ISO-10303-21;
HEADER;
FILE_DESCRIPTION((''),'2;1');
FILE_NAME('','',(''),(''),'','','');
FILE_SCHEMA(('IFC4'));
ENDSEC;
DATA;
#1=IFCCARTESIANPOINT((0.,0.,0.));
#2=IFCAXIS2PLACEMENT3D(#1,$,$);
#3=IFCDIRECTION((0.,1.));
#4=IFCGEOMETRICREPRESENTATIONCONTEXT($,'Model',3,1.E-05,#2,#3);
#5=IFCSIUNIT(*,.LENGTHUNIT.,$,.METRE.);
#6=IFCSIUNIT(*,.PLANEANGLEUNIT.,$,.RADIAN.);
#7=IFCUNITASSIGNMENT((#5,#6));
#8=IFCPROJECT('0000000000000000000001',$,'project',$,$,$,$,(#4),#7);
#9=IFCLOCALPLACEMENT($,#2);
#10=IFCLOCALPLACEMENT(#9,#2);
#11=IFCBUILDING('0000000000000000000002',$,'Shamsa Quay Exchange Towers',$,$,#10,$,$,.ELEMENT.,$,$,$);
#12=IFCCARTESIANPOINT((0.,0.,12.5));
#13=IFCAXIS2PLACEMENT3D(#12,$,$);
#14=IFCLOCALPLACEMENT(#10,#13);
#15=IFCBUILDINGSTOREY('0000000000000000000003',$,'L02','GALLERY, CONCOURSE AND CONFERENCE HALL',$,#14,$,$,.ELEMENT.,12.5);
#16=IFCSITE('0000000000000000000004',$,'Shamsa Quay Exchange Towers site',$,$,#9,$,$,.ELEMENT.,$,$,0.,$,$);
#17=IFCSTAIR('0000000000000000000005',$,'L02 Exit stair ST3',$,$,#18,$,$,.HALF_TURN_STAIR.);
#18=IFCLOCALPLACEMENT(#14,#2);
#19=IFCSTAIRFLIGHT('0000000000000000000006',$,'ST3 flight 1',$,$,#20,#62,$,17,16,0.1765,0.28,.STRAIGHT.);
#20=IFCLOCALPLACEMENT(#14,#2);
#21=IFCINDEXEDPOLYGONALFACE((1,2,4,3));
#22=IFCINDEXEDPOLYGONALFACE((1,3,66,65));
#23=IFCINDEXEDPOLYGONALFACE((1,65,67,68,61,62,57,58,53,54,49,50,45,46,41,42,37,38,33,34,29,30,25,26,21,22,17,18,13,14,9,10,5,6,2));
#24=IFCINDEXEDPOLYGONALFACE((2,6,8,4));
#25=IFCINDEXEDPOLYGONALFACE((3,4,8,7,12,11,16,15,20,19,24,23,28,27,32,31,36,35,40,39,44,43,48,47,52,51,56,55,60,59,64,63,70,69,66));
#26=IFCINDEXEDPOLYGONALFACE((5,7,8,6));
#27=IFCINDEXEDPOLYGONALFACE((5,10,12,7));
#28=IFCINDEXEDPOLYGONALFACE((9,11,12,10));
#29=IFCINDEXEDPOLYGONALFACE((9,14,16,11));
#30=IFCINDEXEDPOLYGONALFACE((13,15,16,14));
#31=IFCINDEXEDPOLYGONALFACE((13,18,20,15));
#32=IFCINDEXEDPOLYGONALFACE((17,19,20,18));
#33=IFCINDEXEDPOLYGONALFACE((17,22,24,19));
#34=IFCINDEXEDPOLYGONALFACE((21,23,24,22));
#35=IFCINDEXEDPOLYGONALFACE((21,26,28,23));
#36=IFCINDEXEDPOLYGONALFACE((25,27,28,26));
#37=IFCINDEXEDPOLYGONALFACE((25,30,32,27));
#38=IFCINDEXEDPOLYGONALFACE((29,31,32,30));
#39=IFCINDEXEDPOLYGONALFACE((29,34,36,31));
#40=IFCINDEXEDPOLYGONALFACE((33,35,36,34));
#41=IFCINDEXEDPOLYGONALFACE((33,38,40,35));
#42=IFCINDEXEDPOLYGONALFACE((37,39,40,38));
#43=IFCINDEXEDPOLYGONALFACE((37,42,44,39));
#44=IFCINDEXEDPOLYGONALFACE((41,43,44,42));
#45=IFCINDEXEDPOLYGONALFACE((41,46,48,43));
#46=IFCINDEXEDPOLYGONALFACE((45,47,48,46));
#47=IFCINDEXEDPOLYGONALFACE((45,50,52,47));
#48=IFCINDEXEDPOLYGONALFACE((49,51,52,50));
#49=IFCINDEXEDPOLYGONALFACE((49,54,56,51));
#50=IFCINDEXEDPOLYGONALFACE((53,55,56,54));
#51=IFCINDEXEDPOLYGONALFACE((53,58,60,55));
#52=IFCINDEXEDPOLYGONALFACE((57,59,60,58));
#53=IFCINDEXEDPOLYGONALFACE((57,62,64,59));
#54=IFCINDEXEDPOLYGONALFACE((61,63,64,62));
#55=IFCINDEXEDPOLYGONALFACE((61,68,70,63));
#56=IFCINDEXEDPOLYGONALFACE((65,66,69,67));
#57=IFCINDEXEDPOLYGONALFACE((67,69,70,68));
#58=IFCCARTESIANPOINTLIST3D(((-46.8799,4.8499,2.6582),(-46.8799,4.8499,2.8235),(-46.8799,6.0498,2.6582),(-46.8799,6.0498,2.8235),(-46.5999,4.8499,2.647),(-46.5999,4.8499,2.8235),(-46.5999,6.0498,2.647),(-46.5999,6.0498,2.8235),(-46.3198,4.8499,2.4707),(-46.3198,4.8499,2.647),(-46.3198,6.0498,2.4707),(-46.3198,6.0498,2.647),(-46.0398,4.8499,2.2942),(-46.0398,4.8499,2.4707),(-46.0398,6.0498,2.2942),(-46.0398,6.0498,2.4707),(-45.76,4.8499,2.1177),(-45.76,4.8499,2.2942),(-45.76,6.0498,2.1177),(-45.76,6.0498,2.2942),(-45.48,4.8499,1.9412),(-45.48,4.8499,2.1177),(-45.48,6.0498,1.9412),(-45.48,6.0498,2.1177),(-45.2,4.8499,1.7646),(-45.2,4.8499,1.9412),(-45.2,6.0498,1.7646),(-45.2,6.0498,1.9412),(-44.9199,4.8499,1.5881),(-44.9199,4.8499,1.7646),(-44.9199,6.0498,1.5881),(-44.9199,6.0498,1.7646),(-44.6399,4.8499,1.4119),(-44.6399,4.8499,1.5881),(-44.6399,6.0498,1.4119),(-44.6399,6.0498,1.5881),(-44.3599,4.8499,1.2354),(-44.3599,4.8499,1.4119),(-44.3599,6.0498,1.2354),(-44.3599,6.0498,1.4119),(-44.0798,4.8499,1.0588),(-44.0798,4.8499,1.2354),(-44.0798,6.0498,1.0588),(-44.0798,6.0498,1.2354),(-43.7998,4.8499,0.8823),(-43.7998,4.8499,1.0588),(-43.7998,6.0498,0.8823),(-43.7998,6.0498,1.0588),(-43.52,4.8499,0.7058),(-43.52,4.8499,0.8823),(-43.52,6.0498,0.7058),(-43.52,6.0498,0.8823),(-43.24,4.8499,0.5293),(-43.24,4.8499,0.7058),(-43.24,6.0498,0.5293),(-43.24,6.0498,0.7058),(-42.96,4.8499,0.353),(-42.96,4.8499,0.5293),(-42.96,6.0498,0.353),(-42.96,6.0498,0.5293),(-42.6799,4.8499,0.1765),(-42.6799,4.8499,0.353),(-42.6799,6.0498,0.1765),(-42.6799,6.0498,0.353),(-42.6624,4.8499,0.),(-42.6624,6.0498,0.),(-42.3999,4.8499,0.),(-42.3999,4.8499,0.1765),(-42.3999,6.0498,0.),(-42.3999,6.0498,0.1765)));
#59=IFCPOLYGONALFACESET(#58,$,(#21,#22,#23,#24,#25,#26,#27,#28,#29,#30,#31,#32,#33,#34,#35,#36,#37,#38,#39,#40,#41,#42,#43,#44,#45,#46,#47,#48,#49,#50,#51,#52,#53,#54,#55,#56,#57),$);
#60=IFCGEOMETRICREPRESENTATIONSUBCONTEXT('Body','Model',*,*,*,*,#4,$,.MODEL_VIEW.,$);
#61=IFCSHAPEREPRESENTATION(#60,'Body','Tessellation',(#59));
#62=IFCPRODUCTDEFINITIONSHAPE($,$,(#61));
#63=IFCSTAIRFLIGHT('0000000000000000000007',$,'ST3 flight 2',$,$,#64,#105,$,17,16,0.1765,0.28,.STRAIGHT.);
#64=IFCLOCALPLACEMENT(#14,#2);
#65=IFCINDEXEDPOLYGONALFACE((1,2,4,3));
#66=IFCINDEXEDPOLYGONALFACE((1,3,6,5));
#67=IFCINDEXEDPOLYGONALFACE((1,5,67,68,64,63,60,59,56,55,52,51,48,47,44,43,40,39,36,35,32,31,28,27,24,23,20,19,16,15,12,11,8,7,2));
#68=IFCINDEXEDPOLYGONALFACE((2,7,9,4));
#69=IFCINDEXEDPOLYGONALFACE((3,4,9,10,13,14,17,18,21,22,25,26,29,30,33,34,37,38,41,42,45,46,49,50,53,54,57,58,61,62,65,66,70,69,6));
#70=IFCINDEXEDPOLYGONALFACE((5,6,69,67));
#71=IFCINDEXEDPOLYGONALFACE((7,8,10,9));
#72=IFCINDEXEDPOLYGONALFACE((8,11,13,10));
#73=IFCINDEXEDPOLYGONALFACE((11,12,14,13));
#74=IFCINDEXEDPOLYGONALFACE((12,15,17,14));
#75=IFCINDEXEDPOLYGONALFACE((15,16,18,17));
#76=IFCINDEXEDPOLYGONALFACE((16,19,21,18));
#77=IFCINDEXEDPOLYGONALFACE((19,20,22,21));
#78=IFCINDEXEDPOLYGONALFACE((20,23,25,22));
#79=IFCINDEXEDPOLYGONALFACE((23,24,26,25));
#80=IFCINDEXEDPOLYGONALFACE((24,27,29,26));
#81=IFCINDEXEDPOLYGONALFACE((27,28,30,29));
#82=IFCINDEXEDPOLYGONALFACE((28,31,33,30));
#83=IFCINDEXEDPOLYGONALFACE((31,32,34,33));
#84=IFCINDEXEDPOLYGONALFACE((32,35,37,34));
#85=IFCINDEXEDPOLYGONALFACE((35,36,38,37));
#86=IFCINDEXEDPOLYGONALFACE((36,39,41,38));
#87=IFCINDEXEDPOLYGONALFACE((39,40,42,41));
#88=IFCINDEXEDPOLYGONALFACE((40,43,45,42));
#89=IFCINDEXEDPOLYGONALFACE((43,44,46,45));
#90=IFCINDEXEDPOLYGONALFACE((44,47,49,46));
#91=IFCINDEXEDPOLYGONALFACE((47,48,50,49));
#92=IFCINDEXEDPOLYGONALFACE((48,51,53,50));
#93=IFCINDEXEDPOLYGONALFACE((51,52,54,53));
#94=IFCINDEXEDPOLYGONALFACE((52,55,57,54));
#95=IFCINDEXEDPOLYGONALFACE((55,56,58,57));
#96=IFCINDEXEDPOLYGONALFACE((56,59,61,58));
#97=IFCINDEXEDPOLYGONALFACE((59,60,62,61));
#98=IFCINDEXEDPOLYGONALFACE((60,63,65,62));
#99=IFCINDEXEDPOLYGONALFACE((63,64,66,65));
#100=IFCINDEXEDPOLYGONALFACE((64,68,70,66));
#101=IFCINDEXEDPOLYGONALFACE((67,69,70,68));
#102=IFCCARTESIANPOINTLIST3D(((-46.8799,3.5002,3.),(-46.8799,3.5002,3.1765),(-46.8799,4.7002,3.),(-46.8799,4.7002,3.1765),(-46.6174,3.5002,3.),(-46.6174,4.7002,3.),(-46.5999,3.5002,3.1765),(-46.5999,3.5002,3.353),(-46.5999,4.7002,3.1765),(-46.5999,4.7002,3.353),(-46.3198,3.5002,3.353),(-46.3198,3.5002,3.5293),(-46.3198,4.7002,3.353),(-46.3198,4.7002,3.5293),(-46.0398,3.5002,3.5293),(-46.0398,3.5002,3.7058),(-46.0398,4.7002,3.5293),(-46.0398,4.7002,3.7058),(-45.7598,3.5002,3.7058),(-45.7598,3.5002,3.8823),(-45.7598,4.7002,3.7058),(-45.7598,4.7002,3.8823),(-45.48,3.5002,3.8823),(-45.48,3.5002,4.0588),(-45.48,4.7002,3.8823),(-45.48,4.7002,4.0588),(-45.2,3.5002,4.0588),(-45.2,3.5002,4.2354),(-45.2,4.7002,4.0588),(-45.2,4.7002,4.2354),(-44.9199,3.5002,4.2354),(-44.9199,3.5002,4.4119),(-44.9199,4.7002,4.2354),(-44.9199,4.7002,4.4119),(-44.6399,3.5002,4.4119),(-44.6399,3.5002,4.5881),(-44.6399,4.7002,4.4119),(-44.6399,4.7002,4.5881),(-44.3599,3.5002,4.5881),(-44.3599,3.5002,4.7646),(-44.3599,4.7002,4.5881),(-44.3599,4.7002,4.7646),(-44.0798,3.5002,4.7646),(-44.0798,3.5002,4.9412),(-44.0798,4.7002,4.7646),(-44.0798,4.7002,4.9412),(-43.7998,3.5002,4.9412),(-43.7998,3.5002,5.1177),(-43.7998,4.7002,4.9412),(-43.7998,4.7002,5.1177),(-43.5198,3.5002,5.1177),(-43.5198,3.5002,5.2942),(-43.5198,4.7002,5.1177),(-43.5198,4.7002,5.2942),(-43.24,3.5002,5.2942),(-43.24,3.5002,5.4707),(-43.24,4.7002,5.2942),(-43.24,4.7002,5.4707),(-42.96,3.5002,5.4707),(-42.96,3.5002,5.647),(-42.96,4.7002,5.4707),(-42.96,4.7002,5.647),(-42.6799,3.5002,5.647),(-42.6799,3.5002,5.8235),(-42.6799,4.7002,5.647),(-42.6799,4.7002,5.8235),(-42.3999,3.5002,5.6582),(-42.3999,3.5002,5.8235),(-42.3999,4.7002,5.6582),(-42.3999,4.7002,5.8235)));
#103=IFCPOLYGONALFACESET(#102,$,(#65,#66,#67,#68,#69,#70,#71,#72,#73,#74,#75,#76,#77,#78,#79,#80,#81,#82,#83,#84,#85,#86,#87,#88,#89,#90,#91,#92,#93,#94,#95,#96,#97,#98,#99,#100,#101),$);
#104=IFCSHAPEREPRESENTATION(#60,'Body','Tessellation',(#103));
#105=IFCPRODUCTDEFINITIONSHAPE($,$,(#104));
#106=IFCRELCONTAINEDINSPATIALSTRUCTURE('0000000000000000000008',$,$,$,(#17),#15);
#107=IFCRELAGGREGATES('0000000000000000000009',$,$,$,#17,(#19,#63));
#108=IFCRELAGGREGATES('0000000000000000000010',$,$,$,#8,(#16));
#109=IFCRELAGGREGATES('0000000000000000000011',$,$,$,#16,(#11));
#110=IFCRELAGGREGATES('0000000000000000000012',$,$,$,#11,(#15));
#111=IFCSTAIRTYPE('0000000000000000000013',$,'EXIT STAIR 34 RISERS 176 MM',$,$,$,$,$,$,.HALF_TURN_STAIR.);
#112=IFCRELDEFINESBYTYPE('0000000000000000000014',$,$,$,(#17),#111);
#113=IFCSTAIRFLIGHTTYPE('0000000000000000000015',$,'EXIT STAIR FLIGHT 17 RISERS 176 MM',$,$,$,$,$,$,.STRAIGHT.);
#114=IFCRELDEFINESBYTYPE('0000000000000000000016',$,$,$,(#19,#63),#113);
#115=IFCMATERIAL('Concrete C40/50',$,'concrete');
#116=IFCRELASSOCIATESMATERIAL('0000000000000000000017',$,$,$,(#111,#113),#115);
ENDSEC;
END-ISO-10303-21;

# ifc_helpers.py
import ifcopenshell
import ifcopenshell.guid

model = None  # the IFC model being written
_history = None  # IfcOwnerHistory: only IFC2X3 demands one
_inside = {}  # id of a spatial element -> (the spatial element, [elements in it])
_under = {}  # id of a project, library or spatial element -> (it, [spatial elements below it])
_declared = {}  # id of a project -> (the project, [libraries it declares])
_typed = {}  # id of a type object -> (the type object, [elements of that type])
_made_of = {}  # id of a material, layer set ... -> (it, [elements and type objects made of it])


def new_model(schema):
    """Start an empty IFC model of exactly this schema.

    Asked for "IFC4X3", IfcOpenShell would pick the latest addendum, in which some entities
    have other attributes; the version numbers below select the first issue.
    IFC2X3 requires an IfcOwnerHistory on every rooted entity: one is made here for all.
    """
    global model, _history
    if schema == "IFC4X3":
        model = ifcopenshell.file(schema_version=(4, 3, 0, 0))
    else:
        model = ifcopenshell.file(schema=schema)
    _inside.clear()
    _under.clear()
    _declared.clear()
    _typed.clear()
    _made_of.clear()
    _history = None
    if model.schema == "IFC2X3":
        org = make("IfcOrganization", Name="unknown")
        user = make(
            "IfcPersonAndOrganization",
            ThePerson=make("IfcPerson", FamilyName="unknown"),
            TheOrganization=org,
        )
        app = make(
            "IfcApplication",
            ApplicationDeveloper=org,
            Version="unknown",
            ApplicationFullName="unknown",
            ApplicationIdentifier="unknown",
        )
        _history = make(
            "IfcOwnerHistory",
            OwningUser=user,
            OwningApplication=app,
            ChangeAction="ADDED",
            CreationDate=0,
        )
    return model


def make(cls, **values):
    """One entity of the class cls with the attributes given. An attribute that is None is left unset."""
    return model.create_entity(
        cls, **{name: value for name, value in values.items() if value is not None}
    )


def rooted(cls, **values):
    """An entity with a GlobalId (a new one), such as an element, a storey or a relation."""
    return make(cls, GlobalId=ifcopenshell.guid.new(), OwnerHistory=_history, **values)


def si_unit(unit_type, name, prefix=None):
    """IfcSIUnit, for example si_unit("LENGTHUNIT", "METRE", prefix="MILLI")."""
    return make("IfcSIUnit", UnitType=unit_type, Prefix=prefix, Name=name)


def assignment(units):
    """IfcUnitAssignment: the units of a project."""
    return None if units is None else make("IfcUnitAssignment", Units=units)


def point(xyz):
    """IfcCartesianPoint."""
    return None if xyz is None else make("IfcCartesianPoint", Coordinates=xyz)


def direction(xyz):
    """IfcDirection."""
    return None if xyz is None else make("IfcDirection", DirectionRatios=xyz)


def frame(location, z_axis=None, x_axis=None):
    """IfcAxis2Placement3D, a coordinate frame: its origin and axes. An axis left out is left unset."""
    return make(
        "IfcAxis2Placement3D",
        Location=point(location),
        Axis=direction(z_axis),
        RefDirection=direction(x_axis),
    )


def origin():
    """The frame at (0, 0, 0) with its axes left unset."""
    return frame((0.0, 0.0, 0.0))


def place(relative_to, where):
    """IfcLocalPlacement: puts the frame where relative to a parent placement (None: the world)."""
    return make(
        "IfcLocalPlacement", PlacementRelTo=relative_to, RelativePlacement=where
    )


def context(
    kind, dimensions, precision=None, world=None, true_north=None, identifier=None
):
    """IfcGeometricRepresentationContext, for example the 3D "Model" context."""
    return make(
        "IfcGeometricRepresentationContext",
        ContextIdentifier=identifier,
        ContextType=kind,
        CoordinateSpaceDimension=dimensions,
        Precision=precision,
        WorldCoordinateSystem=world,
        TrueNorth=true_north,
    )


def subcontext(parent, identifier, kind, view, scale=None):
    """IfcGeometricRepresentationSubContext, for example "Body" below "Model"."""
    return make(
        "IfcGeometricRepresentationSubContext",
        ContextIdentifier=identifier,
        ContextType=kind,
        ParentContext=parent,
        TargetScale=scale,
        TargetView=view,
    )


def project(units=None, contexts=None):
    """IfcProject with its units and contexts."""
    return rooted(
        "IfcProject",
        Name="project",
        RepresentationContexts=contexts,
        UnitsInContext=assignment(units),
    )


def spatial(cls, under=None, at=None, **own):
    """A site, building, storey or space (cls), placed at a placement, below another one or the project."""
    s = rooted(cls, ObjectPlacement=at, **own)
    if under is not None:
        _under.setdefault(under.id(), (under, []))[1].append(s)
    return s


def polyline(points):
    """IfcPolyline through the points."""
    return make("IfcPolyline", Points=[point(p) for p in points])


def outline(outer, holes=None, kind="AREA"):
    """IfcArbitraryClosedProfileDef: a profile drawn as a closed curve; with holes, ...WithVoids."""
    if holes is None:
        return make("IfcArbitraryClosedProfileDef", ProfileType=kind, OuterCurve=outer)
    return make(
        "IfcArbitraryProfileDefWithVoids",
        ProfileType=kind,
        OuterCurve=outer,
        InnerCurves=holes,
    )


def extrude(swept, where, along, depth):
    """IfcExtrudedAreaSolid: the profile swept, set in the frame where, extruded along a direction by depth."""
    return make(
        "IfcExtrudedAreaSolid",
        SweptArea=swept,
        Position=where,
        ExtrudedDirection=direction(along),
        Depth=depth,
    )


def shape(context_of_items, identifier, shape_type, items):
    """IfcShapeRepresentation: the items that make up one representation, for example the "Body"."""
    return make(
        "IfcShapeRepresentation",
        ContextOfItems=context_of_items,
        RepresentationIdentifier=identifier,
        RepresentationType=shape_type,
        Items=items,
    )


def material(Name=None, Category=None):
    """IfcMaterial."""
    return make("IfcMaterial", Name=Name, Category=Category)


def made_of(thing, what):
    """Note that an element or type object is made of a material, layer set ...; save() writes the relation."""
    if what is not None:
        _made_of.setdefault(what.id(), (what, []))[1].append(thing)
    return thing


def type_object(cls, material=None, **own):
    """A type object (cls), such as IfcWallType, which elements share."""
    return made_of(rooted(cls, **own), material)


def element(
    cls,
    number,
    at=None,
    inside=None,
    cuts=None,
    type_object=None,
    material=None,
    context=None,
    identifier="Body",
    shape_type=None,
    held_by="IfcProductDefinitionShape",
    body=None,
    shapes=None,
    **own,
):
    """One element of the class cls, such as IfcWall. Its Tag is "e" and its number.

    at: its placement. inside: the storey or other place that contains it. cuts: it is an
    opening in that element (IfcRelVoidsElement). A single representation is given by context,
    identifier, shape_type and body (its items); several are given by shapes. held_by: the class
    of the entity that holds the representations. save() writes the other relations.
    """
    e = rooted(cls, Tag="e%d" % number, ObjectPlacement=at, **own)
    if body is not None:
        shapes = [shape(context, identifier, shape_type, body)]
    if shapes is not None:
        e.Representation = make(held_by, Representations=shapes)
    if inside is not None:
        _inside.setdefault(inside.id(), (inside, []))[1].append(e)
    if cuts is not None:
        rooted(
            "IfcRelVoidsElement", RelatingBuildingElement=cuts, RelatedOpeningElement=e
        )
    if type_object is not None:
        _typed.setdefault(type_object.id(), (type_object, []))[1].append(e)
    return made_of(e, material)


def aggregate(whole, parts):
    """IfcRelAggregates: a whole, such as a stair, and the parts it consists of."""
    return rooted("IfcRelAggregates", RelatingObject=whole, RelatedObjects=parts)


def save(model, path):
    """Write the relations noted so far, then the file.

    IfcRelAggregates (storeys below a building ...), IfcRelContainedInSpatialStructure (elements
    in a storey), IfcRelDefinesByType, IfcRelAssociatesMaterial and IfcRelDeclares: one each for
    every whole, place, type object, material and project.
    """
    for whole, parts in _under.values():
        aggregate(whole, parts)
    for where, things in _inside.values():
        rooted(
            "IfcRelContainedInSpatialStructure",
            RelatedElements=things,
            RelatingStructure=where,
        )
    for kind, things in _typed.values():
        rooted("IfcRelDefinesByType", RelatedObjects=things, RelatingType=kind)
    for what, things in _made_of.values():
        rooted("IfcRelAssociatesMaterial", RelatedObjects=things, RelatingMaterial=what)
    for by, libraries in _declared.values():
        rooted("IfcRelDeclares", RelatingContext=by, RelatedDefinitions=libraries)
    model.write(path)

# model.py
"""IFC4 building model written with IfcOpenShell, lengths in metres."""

from ifc_helpers import new_model, si_unit, direction, frame, origin, place, context, subcontext, project, spatial, polyline, outline, extrude, material, type_object, element, aggregate, save


model = new_model("IFC4")

# Units and contexts
model_context = context("Model", 3, precision=1e-05, world=origin(), true_north=direction((0.0, 1.0)))
body_context = subcontext(model_context, "Body", "Model", "MODEL_VIEW")
ifc_project = project(units=[si_unit("LENGTHUNIT", "METRE"), si_unit("PLANEANGLEUNIT", "RADIAN")], contexts=[model_context])

# Site, building, storey
site_placement = place(None, origin())
site = spatial("IfcSite", under=ifc_project, at=site_placement, Name="Shamsa Quay Exchange Towers site", CompositionType="ELEMENT", RefElevation=0.0)
building_placement = place(site_placement, origin())
building = spatial("IfcBuilding", under=site, at=building_placement, Name="Shamsa Quay Exchange Towers", CompositionType="ELEMENT")
storey_placement = place(building_placement, frame((0.0, 0.0, 12.5)))
storey = spatial("IfcBuildingStorey", under=building, at=storey_placement, Name="L02", Description="GALLERY, CONCOURSE AND CONFERENCE HALL", CompositionType="ELEMENT", Elevation=12.5)

# Stair, stair flights
ifc_material_1 = material(Name="Concrete C40/50", Category="concrete")
stair_type = type_object("IfcStairType", Name="EXIT STAIR 34 RISERS 176 MM", PredefinedType="HALF_TURN_STAIR", material=ifc_material_1)
stair_placement = place(storey_placement, origin())
stair = element("IfcStair", 1, at=stair_placement, inside=storey, type_object=stair_type, Name="L02 Exit stair ST3", PredefinedType="HALF_TURN_STAIR")
stair_flight_type = type_object("IfcStairFlightType", Name="EXIT STAIR FLIGHT 17 RISERS 176 MM", PredefinedType="STRAIGHT", material=ifc_material_1)
stair_flight_1_placement = place(storey_placement, frame((-42.3999, 5.45, 0.0), z_axis=(0.0, 0.0, 1.0), x_axis=(-1.0, 0.0, 0.0)))
stair_flight_1 = element("IfcStairFlight", 2, at=stair_flight_1_placement, type_object=stair_flight_type, Name="ST3 flight 1", NumberOfRisers=17, NumberOfTreads=16, PredefinedType="STRAIGHT", RiserHeight=0.1765, TreadLength=0.28, context=body_context, shape_type="SweptSolid", body=[
    extrude(outline(polyline([(0.0, 0.0), (0.0, 0.1765), (0.28, 0.1765), (0.28, 0.353), (0.5601, 0.353), (0.5601, 0.5293), (0.8401, 0.5293), (0.8401, 0.7058), (1.1201, 0.7058), (1.1201, 0.8823), (1.3999, 0.8823), (1.3999, 1.0588), (1.6799, 1.0588), (1.6799, 1.2354), (1.96, 1.2354), (1.96, 1.4119), (2.24, 1.4119), (2.24, 1.5881), (2.52, 1.5881), (2.52, 1.7646), (2.8, 1.7646), (2.8, 1.9412), (3.0801, 1.9412), (3.0801, 2.1177), (3.3601, 2.1177), (3.3601, 2.2942), (3.6399, 2.2942), (3.6399, 2.4707), (3.9199, 2.4707), (3.9199, 2.647), (4.2, 2.647), (4.2, 2.8235), (4.48, 2.8235), (4.48, 3.0), (4.48, 2.6582), (0.2625, 0.0), (0.0, 0.0)])), frame((0.0, 0.6001, 0.0), z_axis=(0.0, -1.0, 0.0), x_axis=(1.0, 0.0, 0.0)), (0.0, 0.0, 1.0), 1.2),
])
stair_flight_2_placement = place(storey_placement, frame((-46.8799, 4.1001, 3.0)))
stair_flight_2 = element("IfcStairFlight", 3, at=stair_flight_2_placement, type_object=stair_flight_type, Name="ST3 flight 2", NumberOfRisers=17, NumberOfTreads=16, PredefinedType="STRAIGHT", RiserHeight=0.1765, TreadLength=0.28, context=body_context, shape_type="SweptSolid", body=[
    extrude(outline(polyline([(0.0, 0.0), (0.0, 0.1765), (0.28, 0.1765), (0.28, 0.353), (0.5601, 0.353), (0.5601, 0.5293), (0.8401, 0.5293), (0.8401, 0.7058), (1.1201, 0.7058), (1.1201, 0.8823), (1.3999, 0.8823), (1.3999, 1.0588), (1.6799, 1.0588), (1.6799, 1.2354), (1.96, 1.2354), (1.96, 1.4119), (2.24, 1.4119), (2.24, 1.5881), (2.52, 1.5881), (2.52, 1.7646), (2.8, 1.7646), (2.8, 1.9412), (3.0801, 1.9412), (3.0801, 2.1177), (3.3601, 2.1177), (3.3601, 2.2942), (3.6399, 2.2942), (3.6399, 2.4707), (3.9199, 2.4707), (3.9199, 2.647), (4.2, 2.647), (4.2, 2.8235), (4.48, 2.8235), (4.48, 3.0), (4.48, 2.6582), (0.2625, 0.0), (0.0, 0.0)])), frame((0.0, 0.6001, 0.0), z_axis=(0.0, -1.0, 0.0), x_axis=(1.0, 0.0, 0.0)), (0.0, 0.0, 1.0), 1.2),
])
aggregate(stair, [stair_flight_1, stair_flight_2])

save(model, "model.ifc")
